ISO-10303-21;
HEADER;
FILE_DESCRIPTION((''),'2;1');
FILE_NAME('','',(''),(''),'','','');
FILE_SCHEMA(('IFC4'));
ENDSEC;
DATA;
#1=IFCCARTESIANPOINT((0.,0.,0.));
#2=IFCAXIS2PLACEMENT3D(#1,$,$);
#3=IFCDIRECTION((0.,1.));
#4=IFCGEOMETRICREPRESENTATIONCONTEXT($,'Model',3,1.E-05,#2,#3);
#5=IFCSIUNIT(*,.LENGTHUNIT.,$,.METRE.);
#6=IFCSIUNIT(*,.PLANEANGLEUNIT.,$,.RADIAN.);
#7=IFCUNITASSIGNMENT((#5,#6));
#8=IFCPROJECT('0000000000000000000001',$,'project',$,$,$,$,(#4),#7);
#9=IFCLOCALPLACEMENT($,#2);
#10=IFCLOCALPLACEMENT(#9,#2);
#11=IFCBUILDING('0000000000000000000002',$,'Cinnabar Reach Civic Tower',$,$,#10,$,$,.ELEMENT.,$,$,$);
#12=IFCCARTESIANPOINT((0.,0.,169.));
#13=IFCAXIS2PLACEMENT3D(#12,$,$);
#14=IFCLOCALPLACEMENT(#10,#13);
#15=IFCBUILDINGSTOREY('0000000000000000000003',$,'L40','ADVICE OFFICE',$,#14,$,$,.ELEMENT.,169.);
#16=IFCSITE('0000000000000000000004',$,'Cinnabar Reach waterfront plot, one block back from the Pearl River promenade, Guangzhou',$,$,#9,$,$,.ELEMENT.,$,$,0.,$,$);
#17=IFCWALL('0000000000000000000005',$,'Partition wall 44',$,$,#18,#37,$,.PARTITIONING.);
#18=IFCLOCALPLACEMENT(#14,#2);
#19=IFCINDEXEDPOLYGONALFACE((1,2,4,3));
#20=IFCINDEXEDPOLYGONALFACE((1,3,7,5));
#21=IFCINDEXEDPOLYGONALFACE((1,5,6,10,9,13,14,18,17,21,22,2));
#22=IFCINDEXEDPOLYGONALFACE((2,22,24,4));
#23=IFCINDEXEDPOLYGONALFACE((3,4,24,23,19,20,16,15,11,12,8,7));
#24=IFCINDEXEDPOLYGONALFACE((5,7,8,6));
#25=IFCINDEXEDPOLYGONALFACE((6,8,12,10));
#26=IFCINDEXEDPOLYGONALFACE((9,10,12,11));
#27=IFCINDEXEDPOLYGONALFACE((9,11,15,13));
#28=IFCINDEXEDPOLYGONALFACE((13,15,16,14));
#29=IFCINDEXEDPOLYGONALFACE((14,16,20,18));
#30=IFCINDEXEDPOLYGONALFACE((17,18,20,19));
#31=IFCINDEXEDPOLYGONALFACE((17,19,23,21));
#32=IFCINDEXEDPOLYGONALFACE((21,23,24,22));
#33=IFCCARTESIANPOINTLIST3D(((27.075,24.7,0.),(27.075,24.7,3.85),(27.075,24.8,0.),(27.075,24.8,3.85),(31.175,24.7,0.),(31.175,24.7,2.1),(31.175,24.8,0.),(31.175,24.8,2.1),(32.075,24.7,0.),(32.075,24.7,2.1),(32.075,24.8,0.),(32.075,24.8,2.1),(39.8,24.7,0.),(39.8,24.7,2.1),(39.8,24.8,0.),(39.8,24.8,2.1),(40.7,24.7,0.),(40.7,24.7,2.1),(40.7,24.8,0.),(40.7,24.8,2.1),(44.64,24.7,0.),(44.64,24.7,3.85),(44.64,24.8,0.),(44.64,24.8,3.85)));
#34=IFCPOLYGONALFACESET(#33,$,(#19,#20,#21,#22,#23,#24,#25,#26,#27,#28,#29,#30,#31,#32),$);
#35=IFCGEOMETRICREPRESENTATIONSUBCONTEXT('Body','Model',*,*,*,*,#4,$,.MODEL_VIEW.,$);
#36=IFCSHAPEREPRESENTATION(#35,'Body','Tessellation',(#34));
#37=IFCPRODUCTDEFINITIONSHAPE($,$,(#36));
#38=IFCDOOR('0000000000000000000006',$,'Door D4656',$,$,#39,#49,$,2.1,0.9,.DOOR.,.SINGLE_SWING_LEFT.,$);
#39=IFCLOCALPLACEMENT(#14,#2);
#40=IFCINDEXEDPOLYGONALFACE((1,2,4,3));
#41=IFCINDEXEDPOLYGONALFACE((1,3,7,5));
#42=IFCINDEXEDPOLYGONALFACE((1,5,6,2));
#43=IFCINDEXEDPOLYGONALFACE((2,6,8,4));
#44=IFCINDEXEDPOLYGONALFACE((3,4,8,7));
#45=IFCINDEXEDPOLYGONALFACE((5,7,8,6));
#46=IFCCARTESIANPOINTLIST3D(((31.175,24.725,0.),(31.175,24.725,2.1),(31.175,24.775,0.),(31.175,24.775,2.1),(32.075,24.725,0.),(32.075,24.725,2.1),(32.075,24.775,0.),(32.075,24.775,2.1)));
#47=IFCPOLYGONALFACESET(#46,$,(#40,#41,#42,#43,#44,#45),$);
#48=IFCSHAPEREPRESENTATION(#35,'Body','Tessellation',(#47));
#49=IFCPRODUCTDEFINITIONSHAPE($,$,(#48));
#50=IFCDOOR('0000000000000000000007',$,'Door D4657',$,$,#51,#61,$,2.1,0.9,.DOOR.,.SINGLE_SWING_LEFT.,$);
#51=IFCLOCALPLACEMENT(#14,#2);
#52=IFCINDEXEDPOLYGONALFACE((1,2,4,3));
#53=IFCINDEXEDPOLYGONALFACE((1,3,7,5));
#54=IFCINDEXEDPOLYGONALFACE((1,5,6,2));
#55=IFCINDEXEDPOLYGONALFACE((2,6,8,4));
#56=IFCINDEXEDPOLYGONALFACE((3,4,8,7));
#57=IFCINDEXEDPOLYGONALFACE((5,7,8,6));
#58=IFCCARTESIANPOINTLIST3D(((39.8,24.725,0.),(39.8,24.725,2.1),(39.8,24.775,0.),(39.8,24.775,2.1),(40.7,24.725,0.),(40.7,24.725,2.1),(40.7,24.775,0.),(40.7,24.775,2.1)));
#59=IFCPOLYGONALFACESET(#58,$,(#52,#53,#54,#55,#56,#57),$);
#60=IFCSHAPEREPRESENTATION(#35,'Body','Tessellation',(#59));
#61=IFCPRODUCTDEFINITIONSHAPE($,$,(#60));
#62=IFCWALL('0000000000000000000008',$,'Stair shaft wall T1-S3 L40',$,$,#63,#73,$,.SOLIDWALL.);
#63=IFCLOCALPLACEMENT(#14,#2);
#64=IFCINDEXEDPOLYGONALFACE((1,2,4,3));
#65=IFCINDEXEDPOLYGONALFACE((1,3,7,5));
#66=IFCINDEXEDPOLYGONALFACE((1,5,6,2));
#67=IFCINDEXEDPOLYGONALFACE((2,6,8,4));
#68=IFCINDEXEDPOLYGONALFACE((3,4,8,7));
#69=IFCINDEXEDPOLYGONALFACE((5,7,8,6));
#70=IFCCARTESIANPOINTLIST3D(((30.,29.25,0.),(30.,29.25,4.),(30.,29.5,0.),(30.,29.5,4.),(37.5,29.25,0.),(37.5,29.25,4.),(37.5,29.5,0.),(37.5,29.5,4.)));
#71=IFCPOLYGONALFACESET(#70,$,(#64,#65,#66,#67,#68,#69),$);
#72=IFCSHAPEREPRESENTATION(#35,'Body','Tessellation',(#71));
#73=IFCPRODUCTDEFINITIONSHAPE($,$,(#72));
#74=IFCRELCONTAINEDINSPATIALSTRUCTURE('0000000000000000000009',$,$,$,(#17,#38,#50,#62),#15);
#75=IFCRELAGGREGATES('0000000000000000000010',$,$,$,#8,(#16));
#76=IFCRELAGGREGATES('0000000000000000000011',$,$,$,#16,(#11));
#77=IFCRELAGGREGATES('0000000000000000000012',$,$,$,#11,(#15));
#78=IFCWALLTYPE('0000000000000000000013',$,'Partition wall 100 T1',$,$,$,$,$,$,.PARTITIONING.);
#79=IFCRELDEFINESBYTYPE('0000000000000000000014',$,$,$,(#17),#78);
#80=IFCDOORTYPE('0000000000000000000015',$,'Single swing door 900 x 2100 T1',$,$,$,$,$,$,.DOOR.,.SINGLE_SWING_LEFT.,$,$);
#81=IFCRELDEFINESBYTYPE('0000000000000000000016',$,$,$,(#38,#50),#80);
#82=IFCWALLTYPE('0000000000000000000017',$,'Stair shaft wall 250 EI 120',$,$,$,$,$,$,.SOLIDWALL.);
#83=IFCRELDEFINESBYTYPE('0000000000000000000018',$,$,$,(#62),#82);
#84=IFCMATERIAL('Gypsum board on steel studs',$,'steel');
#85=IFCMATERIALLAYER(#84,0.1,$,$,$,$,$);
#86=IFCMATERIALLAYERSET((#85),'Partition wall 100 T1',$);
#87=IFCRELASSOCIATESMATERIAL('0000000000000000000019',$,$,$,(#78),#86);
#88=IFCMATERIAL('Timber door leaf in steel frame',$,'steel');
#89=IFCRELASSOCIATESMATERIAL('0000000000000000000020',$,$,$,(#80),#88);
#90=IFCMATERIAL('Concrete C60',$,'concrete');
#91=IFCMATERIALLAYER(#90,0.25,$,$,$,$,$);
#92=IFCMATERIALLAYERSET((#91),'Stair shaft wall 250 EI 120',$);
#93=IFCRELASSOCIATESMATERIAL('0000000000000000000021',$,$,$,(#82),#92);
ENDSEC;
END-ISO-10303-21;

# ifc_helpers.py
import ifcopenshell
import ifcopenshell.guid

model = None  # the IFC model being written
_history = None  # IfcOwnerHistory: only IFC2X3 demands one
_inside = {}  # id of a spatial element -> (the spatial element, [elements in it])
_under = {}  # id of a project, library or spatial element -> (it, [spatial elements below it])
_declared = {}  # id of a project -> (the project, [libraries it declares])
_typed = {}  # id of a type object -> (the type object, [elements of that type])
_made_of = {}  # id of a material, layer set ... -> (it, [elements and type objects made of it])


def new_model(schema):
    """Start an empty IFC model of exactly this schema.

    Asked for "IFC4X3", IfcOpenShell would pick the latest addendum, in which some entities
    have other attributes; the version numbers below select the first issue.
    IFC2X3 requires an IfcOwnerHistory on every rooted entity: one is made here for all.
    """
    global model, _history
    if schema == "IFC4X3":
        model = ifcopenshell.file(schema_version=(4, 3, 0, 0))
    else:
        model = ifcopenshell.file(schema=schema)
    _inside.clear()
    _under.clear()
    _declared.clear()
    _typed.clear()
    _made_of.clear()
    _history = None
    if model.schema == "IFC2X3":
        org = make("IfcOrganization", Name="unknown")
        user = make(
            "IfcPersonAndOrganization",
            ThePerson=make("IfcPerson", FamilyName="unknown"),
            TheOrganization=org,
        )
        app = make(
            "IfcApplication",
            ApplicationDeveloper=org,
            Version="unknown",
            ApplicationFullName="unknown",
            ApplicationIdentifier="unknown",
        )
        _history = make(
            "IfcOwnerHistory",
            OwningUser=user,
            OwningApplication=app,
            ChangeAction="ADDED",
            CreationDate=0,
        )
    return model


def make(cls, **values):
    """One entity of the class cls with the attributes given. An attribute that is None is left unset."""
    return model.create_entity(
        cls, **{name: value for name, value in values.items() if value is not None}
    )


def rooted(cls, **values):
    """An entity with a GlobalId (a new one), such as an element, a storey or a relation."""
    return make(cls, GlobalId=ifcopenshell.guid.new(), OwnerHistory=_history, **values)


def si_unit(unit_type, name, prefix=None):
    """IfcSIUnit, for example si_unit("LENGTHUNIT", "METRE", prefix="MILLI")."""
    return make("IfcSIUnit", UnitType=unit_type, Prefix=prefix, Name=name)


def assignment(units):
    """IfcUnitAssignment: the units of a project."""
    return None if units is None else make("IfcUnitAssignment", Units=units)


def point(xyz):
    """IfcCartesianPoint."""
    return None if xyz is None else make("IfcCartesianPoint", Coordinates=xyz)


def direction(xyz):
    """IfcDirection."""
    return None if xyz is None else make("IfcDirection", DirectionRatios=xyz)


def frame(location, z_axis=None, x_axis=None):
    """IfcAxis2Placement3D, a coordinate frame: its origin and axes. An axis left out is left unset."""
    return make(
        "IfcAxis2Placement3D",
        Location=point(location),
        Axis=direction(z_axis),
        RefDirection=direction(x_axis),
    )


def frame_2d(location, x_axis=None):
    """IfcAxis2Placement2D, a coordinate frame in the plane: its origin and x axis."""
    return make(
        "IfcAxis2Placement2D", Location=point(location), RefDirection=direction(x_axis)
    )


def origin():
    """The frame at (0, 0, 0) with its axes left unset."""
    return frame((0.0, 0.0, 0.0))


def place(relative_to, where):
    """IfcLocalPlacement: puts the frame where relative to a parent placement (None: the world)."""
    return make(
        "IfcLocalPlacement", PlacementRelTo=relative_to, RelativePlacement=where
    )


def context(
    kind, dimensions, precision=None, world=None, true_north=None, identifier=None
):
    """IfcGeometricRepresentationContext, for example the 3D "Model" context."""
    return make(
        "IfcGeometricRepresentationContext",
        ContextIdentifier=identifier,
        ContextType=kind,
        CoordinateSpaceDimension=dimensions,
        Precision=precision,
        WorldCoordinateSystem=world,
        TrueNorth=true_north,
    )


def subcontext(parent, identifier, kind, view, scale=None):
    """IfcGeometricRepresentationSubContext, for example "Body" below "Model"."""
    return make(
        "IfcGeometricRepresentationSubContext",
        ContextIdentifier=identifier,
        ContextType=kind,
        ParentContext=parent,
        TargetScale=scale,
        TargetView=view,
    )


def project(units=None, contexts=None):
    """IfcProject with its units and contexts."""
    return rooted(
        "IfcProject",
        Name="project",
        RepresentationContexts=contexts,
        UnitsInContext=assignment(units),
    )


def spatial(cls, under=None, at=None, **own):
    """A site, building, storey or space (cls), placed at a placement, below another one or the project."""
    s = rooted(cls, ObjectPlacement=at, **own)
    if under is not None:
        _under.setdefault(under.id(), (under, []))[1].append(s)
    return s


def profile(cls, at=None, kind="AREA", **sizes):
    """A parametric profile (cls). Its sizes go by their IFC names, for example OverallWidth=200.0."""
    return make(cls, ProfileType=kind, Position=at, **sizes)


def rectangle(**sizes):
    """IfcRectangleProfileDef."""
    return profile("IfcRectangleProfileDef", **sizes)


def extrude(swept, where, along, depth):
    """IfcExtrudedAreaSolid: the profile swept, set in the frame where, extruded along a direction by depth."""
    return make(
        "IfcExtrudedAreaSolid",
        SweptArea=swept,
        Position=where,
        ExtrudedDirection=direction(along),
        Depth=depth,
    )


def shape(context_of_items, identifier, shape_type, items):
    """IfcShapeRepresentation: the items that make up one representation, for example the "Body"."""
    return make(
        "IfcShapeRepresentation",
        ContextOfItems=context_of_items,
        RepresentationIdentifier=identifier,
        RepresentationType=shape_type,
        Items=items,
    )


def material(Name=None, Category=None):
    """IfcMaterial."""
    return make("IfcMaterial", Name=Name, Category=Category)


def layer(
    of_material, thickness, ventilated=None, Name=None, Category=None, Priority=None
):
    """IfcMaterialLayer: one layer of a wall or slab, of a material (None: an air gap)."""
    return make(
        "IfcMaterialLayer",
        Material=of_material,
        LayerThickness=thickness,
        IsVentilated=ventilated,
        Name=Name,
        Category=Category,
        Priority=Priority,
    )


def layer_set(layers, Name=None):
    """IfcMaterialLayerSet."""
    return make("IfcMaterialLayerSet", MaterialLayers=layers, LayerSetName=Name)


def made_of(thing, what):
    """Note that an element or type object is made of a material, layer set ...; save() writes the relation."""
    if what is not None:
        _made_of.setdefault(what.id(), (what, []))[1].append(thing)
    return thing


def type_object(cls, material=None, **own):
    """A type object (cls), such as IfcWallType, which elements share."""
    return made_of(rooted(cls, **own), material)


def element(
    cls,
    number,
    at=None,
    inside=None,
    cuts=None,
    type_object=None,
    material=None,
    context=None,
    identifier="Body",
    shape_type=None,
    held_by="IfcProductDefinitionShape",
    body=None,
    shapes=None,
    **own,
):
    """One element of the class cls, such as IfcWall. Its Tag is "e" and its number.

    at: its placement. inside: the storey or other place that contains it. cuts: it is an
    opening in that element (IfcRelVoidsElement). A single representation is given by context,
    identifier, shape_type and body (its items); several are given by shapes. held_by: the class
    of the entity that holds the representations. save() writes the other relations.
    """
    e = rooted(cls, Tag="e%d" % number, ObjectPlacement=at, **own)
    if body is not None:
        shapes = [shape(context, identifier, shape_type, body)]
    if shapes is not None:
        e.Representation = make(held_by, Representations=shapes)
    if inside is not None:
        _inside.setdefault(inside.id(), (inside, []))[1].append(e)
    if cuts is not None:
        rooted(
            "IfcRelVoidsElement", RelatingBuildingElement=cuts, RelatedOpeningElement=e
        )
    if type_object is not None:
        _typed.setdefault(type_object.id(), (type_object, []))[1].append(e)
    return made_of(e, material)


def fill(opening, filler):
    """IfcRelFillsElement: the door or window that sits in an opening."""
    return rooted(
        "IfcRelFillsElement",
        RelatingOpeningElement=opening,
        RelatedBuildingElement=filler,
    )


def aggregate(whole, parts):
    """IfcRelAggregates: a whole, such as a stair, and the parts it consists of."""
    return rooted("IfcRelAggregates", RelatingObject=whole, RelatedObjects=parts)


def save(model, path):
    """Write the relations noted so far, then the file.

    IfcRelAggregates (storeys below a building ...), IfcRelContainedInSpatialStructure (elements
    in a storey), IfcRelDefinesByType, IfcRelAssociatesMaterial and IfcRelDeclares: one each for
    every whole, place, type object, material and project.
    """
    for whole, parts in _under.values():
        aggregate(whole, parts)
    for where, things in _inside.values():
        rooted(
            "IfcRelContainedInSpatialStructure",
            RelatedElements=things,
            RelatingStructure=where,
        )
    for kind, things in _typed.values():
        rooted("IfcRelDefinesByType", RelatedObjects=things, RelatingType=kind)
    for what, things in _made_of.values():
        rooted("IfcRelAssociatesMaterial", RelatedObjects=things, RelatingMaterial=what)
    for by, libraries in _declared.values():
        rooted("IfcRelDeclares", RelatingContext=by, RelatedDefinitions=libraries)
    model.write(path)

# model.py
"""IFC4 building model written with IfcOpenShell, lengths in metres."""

from ifc_helpers import new_model, si_unit, direction, frame, frame_2d, origin, place, context, subcontext, project, spatial, rectangle, extrude, material, layer, layer_set, type_object, element, fill, save


model = new_model("IFC4")

# Units and contexts
model_context = context("Model", 3, precision=1e-05, world=origin(), true_north=direction((0.0, 1.0)))
body_context = subcontext(model_context, "Body", "Model", "MODEL_VIEW")
ifc_project = project(units=[si_unit("LENGTHUNIT", "METRE"), si_unit("PLANEANGLEUNIT", "RADIAN")], contexts=[model_context])

# Site, building, storey
site_placement = place(None, origin())
site = spatial("IfcSite", under=ifc_project, at=site_placement, Name="Cinnabar Reach waterfront plot, one block back from the Pearl River promenade, Guangzhou", CompositionType="ELEMENT", RefElevation=0.0)
building_placement = place(site_placement, origin())
building = spatial("IfcBuilding", under=site, at=building_placement, Name="Cinnabar Reach Civic Tower", CompositionType="ELEMENT")
storey_placement = place(building_placement, frame((0.0, 0.0, 169.0)))
storey = spatial("IfcBuildingStorey", under=building, at=storey_placement, Name="L40", Description="ADVICE OFFICE", CompositionType="ELEMENT", Elevation=169.0)

# Shared definitions
ifc_material_1 = material(Name="Timber door leaf in steel frame", Category="steel")

# Wall, openings, doors
ifc_material_2 = material(Name="Gypsum board on steel studs", Category="steel")
ifc_layer_1 = layer(ifc_material_2, 0.1)
ifc_layer_set_1 = layer_set([ifc_layer_1], Name="Partition wall 100 T1")
wall_type_1 = type_object("IfcWallType", Name="Partition wall 100 T1", PredefinedType="PARTITIONING", material=ifc_layer_set_1)
wall_1_placement = place(storey_placement, frame((27.075, 24.75, 0.0), z_axis=(0.0, 0.0, 1.0), x_axis=(1.0, 0.0, 0.0)))
wall_1 = element("IfcWall", 1, at=wall_1_placement, inside=storey, type_object=wall_type_1, Name="Partition wall 44", PredefinedType="PARTITIONING", context=body_context, shape_type="SweptSolid", body=[
    extrude(rectangle(XDim=17.565, YDim=0.1, at=frame_2d((8.7825, 0.0))), origin(), (0.0, 0.0, 1.0), 3.85),
])
opening_1_placement = place(wall_1_placement, frame((4.1, 0.0, 0.0)))
opening_1 = element("IfcOpeningElement", 2, at=opening_1_placement, cuts=wall_1, PredefinedType="OPENING", context=body_context, shape_type="SweptSolid", body=[
    extrude(rectangle(XDim=0.9, YDim=2.1, at=frame_2d((0.45, 1.05))), frame((0.0, 0.06, 0.0), z_axis=(0.0, -1.0, 0.0), x_axis=(1.0, 0.0, 0.0)), (0.0, 0.0, 1.0), 0.12),
])
opening_2_placement = place(wall_1_placement, frame((12.725, 0.0, 0.0)))
opening_2 = element("IfcOpeningElement", 3, at=opening_2_placement, cuts=wall_1, PredefinedType="OPENING", context=body_context, shape_type="SweptSolid", body=[
    extrude(rectangle(XDim=0.9, YDim=2.1, at=frame_2d((0.45, 1.05))), frame((0.0, 0.06, 0.0), z_axis=(0.0, -1.0, 0.0), x_axis=(1.0, 0.0, 0.0)), (0.0, 0.0, 1.0), 0.12),
])
door_type_1 = type_object("IfcDoorType", Name="Single swing door 900 x 2100 T1", OperationType="SINGLE_SWING_LEFT", PredefinedType="DOOR", material=ifc_material_1)
door_1_placement = place(opening_1_placement, frame((0.9, 0.0, 0.0), z_axis=(0.0, 0.0, 1.0), x_axis=(-1.0, 0.0, 0.0)))
door_1 = element("IfcDoor", 4, at=door_1_placement, inside=storey, type_object=door_type_1, Name="Door D4656", OperationType="SINGLE_SWING_LEFT", OverallHeight=2.1, OverallWidth=0.9, PredefinedType="DOOR", context=body_context, shape_type="SweptSolid", body=[
    extrude(rectangle(XDim=0.9, YDim=2.1, at=frame_2d((0.45, 1.05))), frame((0.0, 0.025, 0.0), z_axis=(0.0, -1.0, 0.0), x_axis=(1.0, 0.0, 0.0)), (0.0, 0.0, 1.0), 0.05),
])
fill(opening_1, door_1)
door_2_placement = place(opening_2_placement, frame((0.9, 0.0, 0.0), z_axis=(0.0, 0.0, 1.0), x_axis=(-1.0, 0.0, 0.0)))
door_2 = element("IfcDoor", 5, at=door_2_placement, inside=storey, type_object=door_type_1, Name="Door D4657", OperationType="SINGLE_SWING_LEFT", OverallHeight=2.1, OverallWidth=0.9, PredefinedType="DOOR", context=body_context, shape_type="SweptSolid", body=[
    extrude(rectangle(XDim=0.9, YDim=2.1, at=frame_2d((0.45, 1.05))), frame((0.0, 0.025, 0.0), z_axis=(0.0, -1.0, 0.0), x_axis=(1.0, 0.0, 0.0)), (0.0, 0.0, 1.0), 0.05),
])
fill(opening_2, door_2)

# Wall
ifc_material_3 = material(Name="Concrete C60", Category="concrete")
ifc_layer_2 = layer(ifc_material_3, 0.25)
ifc_layer_set_2 = layer_set([ifc_layer_2], Name="Stair shaft wall 250 EI 120")
wall_type_2 = type_object("IfcWallType", Name="Stair shaft wall 250 EI 120", PredefinedType="SOLIDWALL", material=ifc_layer_set_2)
wall_2_placement = place(storey_placement, frame((30.0, 29.375, 0.0), z_axis=(0.0, 0.0, 1.0), x_axis=(1.0, 0.0, 0.0)))
element("IfcWall", 6, at=wall_2_placement, inside=storey, type_object=wall_type_2, Name="Stair shaft wall T1-S3 L40", PredefinedType="SOLIDWALL", context=body_context, shape_type="SweptSolid", body=[
    extrude(rectangle(XDim=7.5, YDim=0.25, at=frame_2d((3.75, 0.0))), origin(), (0.0, 0.0, 1.0), 4.0),
])

save(model, "model.ifc")
